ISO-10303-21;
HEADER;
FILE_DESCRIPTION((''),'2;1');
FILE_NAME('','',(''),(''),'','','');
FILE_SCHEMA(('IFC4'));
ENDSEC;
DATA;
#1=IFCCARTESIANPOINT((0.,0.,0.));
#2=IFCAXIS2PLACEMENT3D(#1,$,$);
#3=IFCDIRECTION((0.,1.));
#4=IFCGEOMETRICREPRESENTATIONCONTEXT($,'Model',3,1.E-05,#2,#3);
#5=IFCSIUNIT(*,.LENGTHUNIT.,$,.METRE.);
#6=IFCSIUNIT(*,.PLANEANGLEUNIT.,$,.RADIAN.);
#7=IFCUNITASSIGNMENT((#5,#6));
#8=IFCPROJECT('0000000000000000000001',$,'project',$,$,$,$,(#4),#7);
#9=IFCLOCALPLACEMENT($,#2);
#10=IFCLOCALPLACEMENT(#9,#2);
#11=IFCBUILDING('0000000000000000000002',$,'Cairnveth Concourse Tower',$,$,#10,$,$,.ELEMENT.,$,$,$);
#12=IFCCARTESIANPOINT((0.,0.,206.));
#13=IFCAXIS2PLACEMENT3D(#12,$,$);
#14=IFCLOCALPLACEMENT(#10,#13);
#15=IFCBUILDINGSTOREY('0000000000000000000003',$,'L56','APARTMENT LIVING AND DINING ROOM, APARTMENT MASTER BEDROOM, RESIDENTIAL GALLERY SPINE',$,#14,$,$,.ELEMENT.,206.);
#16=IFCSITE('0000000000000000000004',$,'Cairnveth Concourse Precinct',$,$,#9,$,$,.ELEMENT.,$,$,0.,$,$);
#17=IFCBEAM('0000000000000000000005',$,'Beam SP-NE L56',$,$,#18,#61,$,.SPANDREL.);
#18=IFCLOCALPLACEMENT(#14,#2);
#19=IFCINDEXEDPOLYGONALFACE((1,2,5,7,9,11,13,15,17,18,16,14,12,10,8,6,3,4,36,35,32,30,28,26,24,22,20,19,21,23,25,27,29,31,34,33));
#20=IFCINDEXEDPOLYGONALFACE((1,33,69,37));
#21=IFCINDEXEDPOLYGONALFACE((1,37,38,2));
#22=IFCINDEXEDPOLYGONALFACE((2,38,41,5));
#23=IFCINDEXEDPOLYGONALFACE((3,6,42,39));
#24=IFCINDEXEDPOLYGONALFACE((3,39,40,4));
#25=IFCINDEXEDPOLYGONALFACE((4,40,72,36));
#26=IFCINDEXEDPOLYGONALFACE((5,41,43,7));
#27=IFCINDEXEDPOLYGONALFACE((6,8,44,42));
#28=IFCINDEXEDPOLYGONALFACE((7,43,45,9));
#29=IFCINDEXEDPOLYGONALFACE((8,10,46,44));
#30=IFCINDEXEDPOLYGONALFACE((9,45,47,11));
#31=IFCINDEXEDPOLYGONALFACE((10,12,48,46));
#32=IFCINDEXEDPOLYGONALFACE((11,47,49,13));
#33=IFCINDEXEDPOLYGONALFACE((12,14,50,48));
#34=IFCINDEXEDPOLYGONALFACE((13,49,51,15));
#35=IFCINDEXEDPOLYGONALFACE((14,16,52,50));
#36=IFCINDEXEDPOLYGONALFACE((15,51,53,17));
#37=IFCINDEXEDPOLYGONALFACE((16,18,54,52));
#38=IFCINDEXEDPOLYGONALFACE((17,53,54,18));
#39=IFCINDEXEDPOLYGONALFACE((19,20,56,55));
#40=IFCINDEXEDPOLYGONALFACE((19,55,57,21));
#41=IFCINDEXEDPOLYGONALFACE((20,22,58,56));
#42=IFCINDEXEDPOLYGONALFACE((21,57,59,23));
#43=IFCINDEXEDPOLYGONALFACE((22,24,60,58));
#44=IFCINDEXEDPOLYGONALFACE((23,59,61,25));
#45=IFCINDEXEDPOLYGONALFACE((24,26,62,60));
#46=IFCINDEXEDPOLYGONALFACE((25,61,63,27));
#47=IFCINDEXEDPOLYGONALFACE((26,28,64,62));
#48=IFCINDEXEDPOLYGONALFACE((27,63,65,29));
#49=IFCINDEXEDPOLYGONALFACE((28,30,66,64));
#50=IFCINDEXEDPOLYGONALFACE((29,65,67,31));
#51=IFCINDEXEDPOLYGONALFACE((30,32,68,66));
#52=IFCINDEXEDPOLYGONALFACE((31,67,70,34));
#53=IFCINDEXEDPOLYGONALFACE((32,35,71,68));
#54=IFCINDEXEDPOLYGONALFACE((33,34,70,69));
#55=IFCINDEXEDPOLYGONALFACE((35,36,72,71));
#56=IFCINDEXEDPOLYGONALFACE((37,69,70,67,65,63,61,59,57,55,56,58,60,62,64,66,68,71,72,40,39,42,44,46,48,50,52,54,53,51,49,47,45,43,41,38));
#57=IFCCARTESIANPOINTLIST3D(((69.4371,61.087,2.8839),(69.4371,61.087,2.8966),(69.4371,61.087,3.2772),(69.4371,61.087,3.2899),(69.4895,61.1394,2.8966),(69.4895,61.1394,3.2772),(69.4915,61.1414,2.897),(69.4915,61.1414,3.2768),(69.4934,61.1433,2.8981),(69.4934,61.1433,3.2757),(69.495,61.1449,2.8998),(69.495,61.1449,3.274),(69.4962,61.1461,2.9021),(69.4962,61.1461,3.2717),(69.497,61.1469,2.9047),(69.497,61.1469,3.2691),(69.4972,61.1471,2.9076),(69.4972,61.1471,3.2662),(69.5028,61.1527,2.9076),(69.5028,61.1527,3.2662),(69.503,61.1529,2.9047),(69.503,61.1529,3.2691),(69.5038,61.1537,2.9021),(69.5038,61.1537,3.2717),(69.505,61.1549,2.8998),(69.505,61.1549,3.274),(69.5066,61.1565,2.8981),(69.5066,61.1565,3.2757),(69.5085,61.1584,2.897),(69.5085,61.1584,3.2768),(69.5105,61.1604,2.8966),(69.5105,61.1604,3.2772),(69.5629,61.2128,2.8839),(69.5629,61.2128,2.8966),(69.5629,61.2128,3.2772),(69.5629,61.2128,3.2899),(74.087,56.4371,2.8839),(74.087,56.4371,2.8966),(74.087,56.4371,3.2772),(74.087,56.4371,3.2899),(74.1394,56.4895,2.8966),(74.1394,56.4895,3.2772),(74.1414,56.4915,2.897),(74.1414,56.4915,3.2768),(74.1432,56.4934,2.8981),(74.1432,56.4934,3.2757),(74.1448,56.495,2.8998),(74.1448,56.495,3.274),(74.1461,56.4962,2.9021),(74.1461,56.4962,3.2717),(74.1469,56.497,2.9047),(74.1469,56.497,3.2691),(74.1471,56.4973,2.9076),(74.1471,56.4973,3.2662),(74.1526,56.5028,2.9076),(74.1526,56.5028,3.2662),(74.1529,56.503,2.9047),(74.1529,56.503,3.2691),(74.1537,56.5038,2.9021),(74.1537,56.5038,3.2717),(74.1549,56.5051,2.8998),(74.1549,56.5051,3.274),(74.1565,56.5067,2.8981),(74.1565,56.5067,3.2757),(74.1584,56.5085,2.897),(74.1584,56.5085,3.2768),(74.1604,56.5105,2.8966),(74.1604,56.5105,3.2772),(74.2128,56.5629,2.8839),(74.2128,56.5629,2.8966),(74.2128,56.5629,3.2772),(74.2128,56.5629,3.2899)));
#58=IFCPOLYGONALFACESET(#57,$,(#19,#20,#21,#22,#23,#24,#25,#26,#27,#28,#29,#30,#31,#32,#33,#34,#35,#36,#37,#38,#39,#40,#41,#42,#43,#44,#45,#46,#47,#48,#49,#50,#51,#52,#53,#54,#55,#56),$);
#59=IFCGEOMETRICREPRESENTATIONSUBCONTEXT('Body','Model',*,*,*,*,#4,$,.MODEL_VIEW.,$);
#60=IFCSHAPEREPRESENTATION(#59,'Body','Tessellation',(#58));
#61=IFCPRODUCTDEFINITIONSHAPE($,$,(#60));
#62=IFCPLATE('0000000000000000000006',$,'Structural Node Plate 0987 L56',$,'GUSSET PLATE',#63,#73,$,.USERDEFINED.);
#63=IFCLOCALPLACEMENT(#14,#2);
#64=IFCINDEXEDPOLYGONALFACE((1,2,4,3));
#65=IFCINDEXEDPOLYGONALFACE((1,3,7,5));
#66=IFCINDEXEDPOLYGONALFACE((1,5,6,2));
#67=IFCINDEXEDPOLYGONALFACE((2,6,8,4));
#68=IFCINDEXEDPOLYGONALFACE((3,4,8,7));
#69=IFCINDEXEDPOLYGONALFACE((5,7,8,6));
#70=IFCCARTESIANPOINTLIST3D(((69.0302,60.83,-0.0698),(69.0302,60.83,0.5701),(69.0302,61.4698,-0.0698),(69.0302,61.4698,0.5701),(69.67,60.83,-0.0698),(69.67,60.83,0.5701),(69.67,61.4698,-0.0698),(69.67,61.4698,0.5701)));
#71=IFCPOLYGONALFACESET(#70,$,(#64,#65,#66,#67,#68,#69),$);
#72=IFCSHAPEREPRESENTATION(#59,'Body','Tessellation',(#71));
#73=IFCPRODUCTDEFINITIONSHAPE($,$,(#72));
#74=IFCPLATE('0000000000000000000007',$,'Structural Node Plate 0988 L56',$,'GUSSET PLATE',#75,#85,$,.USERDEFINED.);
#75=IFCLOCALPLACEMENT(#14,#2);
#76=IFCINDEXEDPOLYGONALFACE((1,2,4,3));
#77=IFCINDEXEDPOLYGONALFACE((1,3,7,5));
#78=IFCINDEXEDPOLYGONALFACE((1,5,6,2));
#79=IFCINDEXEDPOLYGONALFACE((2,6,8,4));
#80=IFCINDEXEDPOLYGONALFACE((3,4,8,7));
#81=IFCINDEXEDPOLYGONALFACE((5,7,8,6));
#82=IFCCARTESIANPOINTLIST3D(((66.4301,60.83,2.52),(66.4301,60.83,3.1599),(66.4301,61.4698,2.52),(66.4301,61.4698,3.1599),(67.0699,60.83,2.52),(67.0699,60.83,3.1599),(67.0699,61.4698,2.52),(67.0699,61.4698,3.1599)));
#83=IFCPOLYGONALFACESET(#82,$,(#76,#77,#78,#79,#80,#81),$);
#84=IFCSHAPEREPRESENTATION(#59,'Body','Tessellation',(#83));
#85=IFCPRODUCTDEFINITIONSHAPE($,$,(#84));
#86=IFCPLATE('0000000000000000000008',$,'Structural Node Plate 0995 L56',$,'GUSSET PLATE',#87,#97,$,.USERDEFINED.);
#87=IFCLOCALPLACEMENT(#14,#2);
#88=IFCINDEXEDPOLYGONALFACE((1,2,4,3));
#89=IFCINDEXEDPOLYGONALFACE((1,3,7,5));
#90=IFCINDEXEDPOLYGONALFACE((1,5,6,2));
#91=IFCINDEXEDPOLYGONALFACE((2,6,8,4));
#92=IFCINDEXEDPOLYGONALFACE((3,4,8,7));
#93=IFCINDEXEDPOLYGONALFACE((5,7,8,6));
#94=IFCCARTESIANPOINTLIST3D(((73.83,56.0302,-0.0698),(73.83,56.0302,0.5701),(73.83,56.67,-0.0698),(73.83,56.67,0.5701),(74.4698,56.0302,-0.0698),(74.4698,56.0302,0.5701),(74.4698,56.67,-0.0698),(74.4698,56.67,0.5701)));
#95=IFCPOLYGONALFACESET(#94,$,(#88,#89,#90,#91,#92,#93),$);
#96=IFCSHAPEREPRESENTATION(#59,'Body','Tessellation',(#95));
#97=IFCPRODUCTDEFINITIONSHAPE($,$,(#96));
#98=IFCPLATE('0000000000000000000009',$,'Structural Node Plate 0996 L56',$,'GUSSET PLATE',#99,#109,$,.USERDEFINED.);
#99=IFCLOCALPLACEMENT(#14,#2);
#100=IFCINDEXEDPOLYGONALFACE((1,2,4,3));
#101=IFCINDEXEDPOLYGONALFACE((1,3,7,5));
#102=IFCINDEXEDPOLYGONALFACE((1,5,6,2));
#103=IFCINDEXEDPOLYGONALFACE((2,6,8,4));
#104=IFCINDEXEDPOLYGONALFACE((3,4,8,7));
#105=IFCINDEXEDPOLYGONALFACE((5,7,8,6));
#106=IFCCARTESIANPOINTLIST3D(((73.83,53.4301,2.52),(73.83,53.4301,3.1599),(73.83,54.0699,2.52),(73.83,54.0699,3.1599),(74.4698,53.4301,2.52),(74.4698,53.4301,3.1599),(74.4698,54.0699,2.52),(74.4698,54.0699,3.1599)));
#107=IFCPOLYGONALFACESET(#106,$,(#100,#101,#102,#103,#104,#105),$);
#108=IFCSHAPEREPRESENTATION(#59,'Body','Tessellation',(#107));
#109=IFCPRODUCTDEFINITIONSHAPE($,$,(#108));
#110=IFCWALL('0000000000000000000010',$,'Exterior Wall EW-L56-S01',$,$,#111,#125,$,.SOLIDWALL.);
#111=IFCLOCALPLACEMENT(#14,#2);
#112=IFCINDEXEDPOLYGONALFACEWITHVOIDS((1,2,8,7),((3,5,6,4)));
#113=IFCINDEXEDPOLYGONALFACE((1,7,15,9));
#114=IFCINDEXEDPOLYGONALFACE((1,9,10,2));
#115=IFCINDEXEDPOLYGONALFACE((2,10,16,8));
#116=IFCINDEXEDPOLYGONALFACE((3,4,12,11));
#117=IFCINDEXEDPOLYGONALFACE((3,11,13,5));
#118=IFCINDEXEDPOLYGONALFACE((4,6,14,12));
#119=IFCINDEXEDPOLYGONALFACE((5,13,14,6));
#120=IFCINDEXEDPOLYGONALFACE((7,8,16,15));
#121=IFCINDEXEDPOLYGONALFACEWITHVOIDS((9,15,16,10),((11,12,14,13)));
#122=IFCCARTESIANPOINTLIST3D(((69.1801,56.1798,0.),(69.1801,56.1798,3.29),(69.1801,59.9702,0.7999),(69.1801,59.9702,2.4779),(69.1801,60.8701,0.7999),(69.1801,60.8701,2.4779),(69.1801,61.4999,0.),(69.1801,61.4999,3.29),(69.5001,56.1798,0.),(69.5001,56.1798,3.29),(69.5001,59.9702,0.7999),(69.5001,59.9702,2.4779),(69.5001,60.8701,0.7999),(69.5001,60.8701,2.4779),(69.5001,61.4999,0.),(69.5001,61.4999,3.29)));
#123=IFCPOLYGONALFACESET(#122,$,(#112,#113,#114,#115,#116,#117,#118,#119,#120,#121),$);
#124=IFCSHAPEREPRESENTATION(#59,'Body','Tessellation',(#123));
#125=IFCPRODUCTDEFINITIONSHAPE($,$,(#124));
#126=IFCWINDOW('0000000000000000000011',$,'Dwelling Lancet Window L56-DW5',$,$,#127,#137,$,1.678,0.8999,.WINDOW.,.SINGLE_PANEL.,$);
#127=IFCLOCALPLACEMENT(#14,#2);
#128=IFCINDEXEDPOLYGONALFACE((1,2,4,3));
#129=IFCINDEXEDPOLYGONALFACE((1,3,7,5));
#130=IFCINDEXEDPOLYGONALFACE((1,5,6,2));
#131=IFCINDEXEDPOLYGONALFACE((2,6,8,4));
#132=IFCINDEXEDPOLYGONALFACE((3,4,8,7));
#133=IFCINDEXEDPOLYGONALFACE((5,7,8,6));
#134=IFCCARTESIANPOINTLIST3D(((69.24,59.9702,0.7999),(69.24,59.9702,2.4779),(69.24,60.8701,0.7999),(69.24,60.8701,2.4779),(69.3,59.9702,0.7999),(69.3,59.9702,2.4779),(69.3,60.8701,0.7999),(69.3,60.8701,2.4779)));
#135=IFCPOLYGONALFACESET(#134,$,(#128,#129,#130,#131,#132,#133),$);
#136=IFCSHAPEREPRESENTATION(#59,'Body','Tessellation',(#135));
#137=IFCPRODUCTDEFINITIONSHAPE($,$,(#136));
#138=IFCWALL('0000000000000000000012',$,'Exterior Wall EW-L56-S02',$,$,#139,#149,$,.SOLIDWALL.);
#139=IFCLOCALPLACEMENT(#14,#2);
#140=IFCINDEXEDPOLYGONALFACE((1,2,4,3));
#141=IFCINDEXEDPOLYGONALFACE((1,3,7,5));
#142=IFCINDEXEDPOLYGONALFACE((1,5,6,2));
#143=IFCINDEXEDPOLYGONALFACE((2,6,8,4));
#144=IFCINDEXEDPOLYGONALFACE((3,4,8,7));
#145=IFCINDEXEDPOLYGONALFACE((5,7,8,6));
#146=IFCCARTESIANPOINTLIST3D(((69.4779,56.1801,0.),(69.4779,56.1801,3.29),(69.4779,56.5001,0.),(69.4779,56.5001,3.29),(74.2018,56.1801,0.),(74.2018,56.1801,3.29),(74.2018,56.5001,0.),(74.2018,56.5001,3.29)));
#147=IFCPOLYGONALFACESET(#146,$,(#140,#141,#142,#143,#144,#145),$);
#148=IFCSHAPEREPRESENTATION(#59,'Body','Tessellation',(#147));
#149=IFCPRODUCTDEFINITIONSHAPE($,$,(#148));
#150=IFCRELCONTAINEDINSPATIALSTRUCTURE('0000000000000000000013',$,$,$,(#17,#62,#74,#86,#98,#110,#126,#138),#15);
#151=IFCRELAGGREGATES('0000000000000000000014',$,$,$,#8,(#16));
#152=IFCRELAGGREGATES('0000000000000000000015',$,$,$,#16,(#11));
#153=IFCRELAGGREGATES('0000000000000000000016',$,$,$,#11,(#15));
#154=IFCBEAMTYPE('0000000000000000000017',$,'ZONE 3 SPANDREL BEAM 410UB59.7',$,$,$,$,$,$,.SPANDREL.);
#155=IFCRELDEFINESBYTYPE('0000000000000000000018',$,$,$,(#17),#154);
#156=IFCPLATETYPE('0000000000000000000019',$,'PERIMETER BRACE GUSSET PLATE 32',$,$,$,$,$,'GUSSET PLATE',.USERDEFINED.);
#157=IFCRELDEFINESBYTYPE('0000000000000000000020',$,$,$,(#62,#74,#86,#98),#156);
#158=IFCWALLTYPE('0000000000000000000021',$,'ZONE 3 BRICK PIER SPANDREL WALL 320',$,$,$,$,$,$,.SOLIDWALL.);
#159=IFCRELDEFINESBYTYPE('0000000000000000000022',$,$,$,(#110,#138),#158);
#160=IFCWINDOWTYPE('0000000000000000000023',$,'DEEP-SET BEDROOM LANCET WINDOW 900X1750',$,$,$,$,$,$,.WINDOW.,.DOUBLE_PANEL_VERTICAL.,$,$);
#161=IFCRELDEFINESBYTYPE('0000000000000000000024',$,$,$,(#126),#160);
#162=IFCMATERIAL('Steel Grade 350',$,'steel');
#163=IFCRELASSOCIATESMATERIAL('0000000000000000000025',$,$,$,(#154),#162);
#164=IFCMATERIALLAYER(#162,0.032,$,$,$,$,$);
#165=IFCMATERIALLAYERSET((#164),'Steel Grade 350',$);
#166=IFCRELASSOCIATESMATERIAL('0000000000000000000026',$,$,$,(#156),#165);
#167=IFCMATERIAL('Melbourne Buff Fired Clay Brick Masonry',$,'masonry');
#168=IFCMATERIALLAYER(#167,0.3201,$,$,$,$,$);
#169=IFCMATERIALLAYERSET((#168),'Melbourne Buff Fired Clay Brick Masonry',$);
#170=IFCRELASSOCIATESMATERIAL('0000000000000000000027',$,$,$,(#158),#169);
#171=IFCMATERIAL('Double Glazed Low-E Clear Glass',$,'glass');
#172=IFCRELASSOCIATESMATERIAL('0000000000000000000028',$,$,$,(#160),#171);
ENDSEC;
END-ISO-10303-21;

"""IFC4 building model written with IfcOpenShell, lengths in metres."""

from ifc_helpers import new_model, si_unit, direction, frame, frame_2d, origin, origin_2d, place, context, subcontext, project, spatial, rectangle, i_section, extrude, material, layer, layer_set, material_profile, profile_set, type_object, element, fill, save


model = new_model("IFC4")

# Units and contexts
model_context = context("Model", 3, precision=1e-05, world=origin(), true_north=direction((0.0, 1.0)))
body_context = subcontext(model_context, "Body", "Model", "MODEL_VIEW")
ifc_project = project(units=[si_unit("LENGTHUNIT", "METRE"), si_unit("PLANEANGLEUNIT", "RADIAN")], contexts=[model_context])

# Site, building, storey
site_placement = place(None, origin())
site = spatial("IfcSite", under=ifc_project, at=site_placement, Name="Cairnveth Concourse Precinct", CompositionType="ELEMENT", RefElevation=0.0)
building_placement = place(site_placement, origin())
building = spatial("IfcBuilding", under=site, at=building_placement, Name="Cairnveth Concourse Tower", CompositionType="ELEMENT")
storey_placement = place(building_placement, frame((0.0, 0.0, 206.0)))
storey = spatial("IfcBuildingStorey", under=building, at=storey_placement, Name="L56", Description="APARTMENT LIVING AND DINING ROOM, APARTMENT MASTER BEDROOM, RESIDENTIAL GALLERY SPINE", CompositionType="ELEMENT", Elevation=206.0)

# Shared definitions
ifc_material_1 = material(Name="Steel Grade 350", Category="steel")

# Beam
ifc_material_profile_1 = material_profile(ifc_material_1, i_section(OverallWidth=0.178, OverallDepth=0.406, WebThickness=0.0078, FlangeThickness=0.0127, FilletRadius=0.011, at=origin_2d()), Name="410UB59.7")
ifc_profile_set_1 = profile_set([ifc_material_profile_1], Name="Steel Grade 350")
beam_type_1 = type_object("IfcBeamType", Name="ZONE 3 SPANDREL BEAM 410UB59.7", PredefinedType="SPANDREL", material=ifc_profile_set_1)
beam_1_placement = place(storey_placement, frame((69.5, 61.1499, 3.0869), z_axis=(0.707107, -0.707107, 0.0), x_axis=(0.707107, 0.707107, 0.0)))
element("IfcBeam", 1, at=beam_1_placement, inside=storey, type_object=beam_type_1, Name="Beam SP-NE L56", PredefinedType="SPANDREL", context=body_context, shape_type="SweptSolid", body=[
    extrude(i_section(OverallWidth=0.178, OverallDepth=0.406, WebThickness=0.0078, FlangeThickness=0.0127, FilletRadius=0.011, at=origin_2d()), origin(), (0.0, 0.0, 1.0), 6.5759),
])

# Plates
ifc_layer_1 = layer(ifc_material_1, 0.032)
ifc_layer_set_1 = layer_set([ifc_layer_1], Name="Steel Grade 350")
plate_type = type_object("IfcPlateType", Name="PERIMETER BRACE GUSSET PLATE 32", ElementType="GUSSET PLATE", PredefinedType="USERDEFINED", material=ifc_layer_set_1)
for number, where, z_axis, x_axis, name in (
    (2, (69.3501, 61.1499, -0.0698), (0.0, 0.0, 1.0), (1.0, 0.0, 0.0), "Structural Node Plate 0987 L56"),
    (3, (66.75, 61.1499, 2.52), (0.0, 0.0, 1.0), (1.0, 0.0, 0.0), "Structural Node Plate 0988 L56"),
    (4, (74.1499, 56.3501, -0.0698), (0.0, 0.0, 1.0), (1.0, 0.0, 0.0), "Structural Node Plate 0995 L56"),
    (5, (74.1499, 53.75, 2.52), (0.0, 0.0, 1.0), (1.0, 0.0, 0.0), "Structural Node Plate 0996 L56"),
):
    element("IfcPlate", number, at=place(storey_placement, frame(where, z_axis=z_axis, x_axis=x_axis)), inside=storey, type_object=plate_type, Name=name, ObjectType="GUSSET PLATE", PredefinedType="USERDEFINED", context=body_context, shape_type="SweptSolid", body=[
        extrude(rectangle(XDim=0.6399, YDim=0.6399, at=origin_2d()), origin(), (0.0, 0.0, 1.0), 0.6399),
    ])

# Wall, opening, window
ifc_material_2 = material(Name="Melbourne Buff Fired Clay Brick Masonry", Category="masonry")
ifc_layer_2 = layer(ifc_material_2, 0.3201)
ifc_layer_set_2 = layer_set([ifc_layer_2], Name="Melbourne Buff Fired Clay Brick Masonry")
wall_type = type_object("IfcWallType", Name="ZONE 3 BRICK PIER SPANDREL WALL 320", PredefinedType="SOLIDWALL", material=ifc_layer_set_2)
wall_1_placement = place(storey_placement, frame((69.3401, 61.5, 0.0), z_axis=(0.0, 0.0, 1.0), x_axis=(0.0, -1.0, 0.0)))
wall_1 = element("IfcWall", 6, at=wall_1_placement, inside=storey, type_object=wall_type, Name="Exterior Wall EW-L56-S01", PredefinedType="SOLIDWALL", context=body_context, shape_type="SweptSolid", body=[
    extrude(rectangle(XDim=5.3201, YDim=0.3201, at=frame_2d((2.6602, 0.0))), origin(), (0.0, 0.0, 1.0), 3.29),
])
opening_1_placement = place(wall_1_placement, frame((0.6299, 0.0, 0.8)))
opening_1 = element("IfcOpeningElement", 7, at=opening_1_placement, cuts=wall_1, PredefinedType="OPENING", context=body_context, shape_type="SweptSolid", body=[
    extrude(rectangle(XDim=0.8999, YDim=1.678, at=frame_2d((0.45, 0.8389))), frame((0.0, 0.1699, 0.0), z_axis=(0.0, -1.0, 0.0), x_axis=(1.0, 0.0, 0.0)), (0.0, 0.0, 1.0), 0.3401),
])
ifc_material_3 = material(Name="Double Glazed Low-E Clear Glass", Category="glass")
window_type_1 = type_object("IfcWindowType", Name="DEEP-SET BEDROOM LANCET WINDOW 900X1750", PartitioningType="DOUBLE_PANEL_VERTICAL", PredefinedType="WINDOW", material=ifc_material_3)
window_1_placement = place(opening_1_placement, origin())
window_1 = element("IfcWindow", 8, at=window_1_placement, inside=storey, type_object=window_type_1, Name="Dwelling Lancet Window L56-DW5", OverallHeight=1.678, OverallWidth=0.8999, PartitioningType="SINGLE_PANEL", PredefinedType="WINDOW", context=body_context, shape_type="SweptSolid", body=[
    extrude(rectangle(XDim=0.8999, YDim=1.678, at=frame_2d((0.45, 0.8389))), frame((0.0, -0.04, 0.0), z_axis=(0.0, -1.0, 0.0), x_axis=(1.0, 0.0, 0.0)), (0.0, 0.0, 1.0), 0.0601),
])
fill(opening_1, window_1)

# Wall
wall_2_placement = place(storey_placement, frame((69.478, 56.3401, 0.0), z_axis=(0.0, 0.0, 1.0), x_axis=(1.0, 0.0, 0.0)))
element("IfcWall", 9, at=wall_2_placement, inside=storey, type_object=wall_type, Name="Exterior Wall EW-L56-S02", PredefinedType="SOLIDWALL", context=body_context, shape_type="SweptSolid", body=[
    extrude(rectangle(XDim=4.7239, YDim=0.3201, at=frame_2d((2.3618, 0.0))), origin(), (0.0, 0.0, 1.0), 3.29),
])

save(model, "model.ifc")
